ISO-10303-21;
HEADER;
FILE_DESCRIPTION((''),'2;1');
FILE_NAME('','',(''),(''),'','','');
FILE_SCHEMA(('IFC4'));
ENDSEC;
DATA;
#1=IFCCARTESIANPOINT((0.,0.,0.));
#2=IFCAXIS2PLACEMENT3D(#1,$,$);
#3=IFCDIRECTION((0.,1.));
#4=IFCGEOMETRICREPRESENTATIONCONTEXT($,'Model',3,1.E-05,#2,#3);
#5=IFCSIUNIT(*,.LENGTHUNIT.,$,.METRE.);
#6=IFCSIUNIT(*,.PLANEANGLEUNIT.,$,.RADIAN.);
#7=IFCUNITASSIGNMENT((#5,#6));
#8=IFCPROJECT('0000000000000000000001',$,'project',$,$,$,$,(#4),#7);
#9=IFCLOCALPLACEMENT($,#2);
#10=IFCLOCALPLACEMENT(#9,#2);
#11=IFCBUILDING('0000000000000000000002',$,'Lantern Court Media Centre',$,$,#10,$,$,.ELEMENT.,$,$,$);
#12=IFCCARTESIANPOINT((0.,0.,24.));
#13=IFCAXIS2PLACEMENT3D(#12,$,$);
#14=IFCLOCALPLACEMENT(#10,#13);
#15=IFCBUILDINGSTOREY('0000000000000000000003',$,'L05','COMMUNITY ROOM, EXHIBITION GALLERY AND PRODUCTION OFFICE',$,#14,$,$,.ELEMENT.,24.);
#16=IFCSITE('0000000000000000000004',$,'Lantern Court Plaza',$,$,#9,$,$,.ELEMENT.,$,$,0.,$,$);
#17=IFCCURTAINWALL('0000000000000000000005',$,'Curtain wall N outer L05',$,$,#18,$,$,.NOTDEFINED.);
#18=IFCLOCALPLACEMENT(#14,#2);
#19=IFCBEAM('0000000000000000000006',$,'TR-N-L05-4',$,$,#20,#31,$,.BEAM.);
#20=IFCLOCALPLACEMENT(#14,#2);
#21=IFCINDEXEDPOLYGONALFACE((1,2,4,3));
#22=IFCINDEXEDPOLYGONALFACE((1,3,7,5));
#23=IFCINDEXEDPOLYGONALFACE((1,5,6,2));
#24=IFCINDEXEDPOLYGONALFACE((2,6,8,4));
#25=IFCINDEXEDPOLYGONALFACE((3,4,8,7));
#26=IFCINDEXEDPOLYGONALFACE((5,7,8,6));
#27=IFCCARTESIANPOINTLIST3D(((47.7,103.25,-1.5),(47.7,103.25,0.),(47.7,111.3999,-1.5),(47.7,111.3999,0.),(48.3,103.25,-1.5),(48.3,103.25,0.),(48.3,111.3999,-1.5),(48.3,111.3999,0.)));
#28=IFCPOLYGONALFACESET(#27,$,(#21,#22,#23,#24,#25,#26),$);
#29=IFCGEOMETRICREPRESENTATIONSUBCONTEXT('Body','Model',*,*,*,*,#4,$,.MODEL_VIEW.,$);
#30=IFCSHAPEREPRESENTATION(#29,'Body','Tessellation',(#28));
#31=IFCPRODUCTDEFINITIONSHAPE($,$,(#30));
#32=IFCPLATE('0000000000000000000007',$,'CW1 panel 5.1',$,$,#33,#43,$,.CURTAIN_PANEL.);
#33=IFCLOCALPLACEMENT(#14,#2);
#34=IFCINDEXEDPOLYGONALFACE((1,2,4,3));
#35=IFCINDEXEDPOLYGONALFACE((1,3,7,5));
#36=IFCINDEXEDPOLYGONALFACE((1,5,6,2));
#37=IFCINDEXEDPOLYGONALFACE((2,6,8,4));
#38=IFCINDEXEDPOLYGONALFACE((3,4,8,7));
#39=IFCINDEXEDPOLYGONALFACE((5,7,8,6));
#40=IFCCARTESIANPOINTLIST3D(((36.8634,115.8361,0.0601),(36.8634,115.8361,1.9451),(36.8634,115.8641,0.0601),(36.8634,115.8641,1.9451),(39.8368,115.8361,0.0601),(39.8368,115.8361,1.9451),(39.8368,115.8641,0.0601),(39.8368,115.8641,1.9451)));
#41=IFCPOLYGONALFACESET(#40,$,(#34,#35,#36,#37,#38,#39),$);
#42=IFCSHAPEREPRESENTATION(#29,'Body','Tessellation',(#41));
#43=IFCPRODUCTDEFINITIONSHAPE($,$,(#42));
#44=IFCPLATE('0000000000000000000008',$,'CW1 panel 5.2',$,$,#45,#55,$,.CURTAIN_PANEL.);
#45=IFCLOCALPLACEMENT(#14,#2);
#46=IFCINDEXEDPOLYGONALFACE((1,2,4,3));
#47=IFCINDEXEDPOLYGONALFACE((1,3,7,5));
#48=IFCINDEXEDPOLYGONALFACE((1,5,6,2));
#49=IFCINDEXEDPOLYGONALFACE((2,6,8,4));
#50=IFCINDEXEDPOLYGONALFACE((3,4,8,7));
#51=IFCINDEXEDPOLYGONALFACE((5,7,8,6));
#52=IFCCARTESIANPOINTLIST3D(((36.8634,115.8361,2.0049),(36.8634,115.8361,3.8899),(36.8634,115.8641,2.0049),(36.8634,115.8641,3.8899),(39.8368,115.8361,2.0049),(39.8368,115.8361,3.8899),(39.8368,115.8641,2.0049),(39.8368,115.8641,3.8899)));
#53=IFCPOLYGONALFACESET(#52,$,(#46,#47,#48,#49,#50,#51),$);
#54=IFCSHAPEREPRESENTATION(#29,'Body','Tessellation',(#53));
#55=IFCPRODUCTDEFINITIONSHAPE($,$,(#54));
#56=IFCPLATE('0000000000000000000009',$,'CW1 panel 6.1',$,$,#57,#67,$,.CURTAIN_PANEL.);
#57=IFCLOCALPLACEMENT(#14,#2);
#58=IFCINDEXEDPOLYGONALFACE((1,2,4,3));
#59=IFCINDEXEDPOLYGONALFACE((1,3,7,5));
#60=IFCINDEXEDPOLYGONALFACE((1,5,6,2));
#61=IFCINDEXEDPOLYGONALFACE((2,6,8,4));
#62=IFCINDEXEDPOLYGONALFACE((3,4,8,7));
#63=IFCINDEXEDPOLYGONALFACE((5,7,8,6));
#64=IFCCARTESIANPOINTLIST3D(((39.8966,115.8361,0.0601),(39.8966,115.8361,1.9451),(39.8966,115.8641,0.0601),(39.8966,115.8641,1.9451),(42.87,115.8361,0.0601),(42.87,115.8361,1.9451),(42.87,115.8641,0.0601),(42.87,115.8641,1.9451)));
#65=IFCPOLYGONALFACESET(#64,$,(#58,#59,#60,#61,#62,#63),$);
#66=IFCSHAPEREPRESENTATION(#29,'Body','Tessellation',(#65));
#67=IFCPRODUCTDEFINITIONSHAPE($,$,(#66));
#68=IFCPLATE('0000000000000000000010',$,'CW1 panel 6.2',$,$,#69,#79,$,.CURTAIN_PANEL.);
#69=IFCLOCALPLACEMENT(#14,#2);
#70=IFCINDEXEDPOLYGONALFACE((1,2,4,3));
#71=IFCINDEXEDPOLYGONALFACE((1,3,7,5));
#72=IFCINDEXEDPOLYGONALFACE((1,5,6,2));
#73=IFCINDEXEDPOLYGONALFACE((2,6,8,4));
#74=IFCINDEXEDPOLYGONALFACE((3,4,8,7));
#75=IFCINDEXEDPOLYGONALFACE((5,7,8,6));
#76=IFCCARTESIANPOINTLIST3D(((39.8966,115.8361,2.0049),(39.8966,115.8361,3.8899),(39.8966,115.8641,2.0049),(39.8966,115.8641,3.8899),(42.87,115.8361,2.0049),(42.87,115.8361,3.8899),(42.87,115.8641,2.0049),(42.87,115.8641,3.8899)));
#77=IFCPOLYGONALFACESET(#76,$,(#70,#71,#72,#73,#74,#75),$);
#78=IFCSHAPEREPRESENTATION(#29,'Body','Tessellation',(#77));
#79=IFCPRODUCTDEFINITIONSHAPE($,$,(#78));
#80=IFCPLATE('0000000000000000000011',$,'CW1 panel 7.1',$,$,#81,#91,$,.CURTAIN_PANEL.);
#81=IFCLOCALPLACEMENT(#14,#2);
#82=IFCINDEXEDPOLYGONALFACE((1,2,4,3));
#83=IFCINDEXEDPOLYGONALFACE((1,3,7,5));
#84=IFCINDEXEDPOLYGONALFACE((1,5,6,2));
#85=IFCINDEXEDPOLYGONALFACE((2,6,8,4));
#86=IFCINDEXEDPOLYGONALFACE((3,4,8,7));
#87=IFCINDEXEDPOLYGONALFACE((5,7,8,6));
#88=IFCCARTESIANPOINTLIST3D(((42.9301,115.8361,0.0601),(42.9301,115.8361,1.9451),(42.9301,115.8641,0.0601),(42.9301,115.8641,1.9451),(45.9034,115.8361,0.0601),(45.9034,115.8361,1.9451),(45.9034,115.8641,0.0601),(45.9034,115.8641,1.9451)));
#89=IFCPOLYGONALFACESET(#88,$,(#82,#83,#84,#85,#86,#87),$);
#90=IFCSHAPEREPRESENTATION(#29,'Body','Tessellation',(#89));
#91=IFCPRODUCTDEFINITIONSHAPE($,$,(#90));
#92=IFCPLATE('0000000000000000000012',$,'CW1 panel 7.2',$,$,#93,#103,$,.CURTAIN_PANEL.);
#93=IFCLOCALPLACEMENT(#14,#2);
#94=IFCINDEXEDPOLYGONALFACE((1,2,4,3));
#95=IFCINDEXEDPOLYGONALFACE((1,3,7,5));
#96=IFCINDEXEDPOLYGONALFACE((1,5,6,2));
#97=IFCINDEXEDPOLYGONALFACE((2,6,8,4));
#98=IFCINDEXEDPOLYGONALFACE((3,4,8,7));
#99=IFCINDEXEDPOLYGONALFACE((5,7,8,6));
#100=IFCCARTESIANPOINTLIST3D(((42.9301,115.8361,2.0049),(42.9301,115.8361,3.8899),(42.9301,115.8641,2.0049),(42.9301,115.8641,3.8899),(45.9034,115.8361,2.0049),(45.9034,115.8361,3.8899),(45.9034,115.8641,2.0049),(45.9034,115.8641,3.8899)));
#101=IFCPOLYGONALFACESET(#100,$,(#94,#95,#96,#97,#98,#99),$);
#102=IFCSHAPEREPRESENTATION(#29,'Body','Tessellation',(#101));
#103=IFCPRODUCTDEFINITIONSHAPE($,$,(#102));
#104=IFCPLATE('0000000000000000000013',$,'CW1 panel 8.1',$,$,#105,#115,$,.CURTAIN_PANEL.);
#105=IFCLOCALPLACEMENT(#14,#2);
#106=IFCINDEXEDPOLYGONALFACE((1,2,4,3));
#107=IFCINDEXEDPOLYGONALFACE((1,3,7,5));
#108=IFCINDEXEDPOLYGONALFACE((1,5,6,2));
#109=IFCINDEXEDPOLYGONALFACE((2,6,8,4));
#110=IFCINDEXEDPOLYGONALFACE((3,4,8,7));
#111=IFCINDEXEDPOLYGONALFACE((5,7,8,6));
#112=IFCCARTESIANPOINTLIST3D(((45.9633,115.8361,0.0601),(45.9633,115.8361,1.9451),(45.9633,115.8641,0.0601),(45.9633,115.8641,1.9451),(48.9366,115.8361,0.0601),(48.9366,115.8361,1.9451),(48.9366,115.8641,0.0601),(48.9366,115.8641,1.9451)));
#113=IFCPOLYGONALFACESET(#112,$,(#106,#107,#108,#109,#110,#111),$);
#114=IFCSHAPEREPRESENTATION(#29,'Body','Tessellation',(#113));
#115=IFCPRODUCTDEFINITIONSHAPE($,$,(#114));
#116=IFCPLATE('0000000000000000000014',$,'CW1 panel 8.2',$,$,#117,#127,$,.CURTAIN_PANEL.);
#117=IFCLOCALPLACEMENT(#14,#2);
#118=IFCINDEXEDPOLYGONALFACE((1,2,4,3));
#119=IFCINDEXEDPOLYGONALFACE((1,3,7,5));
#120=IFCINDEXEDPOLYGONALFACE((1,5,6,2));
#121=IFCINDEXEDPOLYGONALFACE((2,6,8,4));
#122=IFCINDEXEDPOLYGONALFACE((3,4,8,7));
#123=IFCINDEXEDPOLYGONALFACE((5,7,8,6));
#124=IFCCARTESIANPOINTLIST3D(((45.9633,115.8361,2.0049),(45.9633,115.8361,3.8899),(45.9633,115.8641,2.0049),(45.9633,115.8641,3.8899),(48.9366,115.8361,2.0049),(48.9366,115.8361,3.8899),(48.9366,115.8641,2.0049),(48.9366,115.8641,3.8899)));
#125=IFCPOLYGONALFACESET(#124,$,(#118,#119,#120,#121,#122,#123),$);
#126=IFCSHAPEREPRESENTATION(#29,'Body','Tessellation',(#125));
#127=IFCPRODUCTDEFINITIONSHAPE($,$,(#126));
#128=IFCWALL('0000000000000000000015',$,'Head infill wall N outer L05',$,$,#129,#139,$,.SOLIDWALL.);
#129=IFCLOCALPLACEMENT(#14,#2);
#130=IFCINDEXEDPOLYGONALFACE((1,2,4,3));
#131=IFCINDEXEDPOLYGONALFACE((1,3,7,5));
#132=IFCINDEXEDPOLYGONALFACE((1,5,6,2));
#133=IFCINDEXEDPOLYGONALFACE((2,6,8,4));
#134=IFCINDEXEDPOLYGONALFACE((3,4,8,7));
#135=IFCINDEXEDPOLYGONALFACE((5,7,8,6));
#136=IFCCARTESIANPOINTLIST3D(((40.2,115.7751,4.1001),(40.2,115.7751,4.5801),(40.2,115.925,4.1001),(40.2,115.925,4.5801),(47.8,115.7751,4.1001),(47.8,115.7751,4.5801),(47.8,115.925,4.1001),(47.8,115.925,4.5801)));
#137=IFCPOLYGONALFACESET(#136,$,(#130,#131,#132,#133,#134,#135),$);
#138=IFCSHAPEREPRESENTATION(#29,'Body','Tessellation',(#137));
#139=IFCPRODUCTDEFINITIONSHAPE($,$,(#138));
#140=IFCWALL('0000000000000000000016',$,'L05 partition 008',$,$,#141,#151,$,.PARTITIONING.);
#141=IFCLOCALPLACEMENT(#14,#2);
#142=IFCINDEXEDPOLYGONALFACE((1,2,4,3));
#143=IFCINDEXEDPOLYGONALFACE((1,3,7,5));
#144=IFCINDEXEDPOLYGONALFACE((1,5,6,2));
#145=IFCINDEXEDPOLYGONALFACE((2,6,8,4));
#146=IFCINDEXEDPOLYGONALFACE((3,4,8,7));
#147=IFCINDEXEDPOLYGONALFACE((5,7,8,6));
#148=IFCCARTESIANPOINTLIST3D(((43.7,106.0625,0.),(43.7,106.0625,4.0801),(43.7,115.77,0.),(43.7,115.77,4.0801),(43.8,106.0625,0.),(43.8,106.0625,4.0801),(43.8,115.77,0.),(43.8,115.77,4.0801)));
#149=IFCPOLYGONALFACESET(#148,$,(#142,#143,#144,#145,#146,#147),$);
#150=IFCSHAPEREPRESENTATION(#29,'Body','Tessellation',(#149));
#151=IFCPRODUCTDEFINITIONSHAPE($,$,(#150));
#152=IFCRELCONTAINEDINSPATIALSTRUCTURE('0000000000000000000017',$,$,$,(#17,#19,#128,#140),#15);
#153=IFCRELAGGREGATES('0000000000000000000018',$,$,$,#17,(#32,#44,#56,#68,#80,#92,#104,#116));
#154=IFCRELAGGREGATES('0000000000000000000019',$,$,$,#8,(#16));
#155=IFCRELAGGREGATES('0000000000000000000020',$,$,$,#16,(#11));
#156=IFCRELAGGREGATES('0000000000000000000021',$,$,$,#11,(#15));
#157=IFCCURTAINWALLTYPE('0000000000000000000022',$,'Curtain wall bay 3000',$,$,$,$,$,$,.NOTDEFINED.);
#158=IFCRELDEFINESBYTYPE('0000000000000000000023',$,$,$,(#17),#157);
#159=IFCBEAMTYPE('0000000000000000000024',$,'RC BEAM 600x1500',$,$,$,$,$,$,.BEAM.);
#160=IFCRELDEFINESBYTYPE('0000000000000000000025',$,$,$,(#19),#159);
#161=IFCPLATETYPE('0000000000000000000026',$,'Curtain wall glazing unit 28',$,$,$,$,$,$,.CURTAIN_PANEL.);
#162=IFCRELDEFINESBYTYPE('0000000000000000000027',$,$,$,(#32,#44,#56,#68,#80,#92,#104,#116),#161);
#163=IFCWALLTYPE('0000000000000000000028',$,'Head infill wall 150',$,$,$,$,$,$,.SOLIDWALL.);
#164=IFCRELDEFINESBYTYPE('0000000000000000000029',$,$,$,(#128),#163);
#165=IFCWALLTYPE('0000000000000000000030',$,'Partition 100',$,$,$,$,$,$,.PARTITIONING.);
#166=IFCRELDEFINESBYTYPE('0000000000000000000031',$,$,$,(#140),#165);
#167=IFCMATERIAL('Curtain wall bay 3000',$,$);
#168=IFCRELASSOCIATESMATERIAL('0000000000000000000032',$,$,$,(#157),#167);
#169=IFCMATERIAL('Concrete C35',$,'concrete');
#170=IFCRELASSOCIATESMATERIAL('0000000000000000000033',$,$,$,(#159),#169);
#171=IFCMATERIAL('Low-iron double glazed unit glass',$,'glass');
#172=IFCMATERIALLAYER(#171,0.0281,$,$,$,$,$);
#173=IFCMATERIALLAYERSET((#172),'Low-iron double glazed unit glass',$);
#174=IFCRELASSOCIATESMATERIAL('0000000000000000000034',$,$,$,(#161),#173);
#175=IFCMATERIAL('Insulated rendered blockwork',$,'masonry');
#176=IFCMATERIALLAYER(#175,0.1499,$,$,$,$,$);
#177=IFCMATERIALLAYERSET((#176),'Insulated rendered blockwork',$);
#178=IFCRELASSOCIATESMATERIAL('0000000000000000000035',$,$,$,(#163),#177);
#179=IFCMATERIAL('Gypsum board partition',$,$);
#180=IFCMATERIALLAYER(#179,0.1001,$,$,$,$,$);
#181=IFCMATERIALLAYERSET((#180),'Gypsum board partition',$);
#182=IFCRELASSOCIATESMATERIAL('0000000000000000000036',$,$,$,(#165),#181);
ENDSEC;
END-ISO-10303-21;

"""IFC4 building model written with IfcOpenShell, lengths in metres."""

from ifc_helpers import new_model, si_unit, direction, frame, frame_2d, origin, origin_2d, place, context, subcontext, project, spatial, rectangle, extrude, material, layer, layer_set, material_profile, profile_set, type_object, element, aggregate, save


model = new_model("IFC4")

# Units and contexts
model_context = context("Model", 3, precision=1e-05, world=origin(), true_north=direction((0.0, 1.0)))
body_context = subcontext(model_context, "Body", "Model", "MODEL_VIEW")
ifc_project = project(units=[si_unit("LENGTHUNIT", "METRE"), si_unit("PLANEANGLEUNIT", "RADIAN")], contexts=[model_context])

# Site, building, storey
site_placement = place(None, origin())
site = spatial("IfcSite", under=ifc_project, at=site_placement, Name="Lantern Court Plaza", CompositionType="ELEMENT", RefElevation=0.0)
building_placement = place(site_placement, origin())
building = spatial("IfcBuilding", under=site, at=building_placement, Name="Lantern Court Media Centre", CompositionType="ELEMENT")
storey_placement = place(building_placement, frame((0.0, 0.0, 24.0)))
storey = spatial("IfcBuildingStorey", under=building, at=storey_placement, Name="L05", Description="COMMUNITY ROOM, EXHIBITION GALLERY AND PRODUCTION OFFICE", CompositionType="ELEMENT", Elevation=24.0)

# Shared definitions
ifc_material_1 = material(Name="Concrete C35", Category="concrete")

# Curtain wall
ifc_material_2 = material(Name="Curtain wall bay 3000")
curtain_wall_type = type_object("IfcCurtainWallType", Name="Curtain wall bay 3000", PredefinedType="NOTDEFINED", material=ifc_material_2)
curtain_wall_placement = place(storey_placement, origin())
curtain_wall = element("IfcCurtainWall", 1, at=curtain_wall_placement, inside=storey, type_object=curtain_wall_type, Name="Curtain wall N outer L05", PredefinedType="NOTDEFINED")

# Beam
ifc_material_profile_1 = material_profile(ifc_material_1, rectangle(XDim=0.6001, YDim=1.5, at=origin_2d()), Name="RC 600x1500")
ifc_profile_set_1 = profile_set([ifc_material_profile_1], Name="Concrete C35")
beam_type_1 = type_object("IfcBeamType", Name="RC BEAM 600x1500", PredefinedType="BEAM", material=ifc_profile_set_1)
beam_1_placement = place(storey_placement, frame((48.0, 103.25, -0.75), z_axis=(0.0, 1.0, 0.0), x_axis=(-1.0, 0.0, 0.0)))
element("IfcBeam", 2, at=beam_1_placement, inside=storey, type_object=beam_type_1, Name="TR-N-L05-4", PredefinedType="BEAM", context=body_context, shape_type="SweptSolid", body=[
    extrude(rectangle(XDim=0.6001, YDim=1.5, at=origin_2d()), origin(), (0.0, 0.0, 1.0), 8.1499),
])

# Plates
ifc_material_3 = material(Name="Low-iron double glazed unit glass", Category="glass")
ifc_layer_1 = layer(ifc_material_3, 0.0281)
ifc_layer_set_1 = layer_set([ifc_layer_1], Name="Low-iron double glazed unit glass")
plate_type = type_object("IfcPlateType", Name="Curtain wall glazing unit 28", PredefinedType="CURTAIN_PANEL", material=ifc_layer_set_1)
plate_1_placement = place(storey_placement, frame((38.3501, 115.8501, 0.0601), z_axis=(0.0, 0.0, 1.0), x_axis=(1.0, 0.0, 0.0)))
plate_1 = element("IfcPlate", 3, at=plate_1_placement, type_object=plate_type, Name="CW1 panel 5.1", PredefinedType="CURTAIN_PANEL", context=body_context, shape_type="SweptSolid", body=[
    extrude(rectangle(XDim=2.9734, YDim=0.0281, at=origin_2d()), origin(), (0.0, 0.0, 1.0), 1.885),
])
plate_2_placement = place(storey_placement, frame((38.3501, 115.8501, 2.0049), z_axis=(0.0, 0.0, 1.0), x_axis=(1.0, 0.0, 0.0)))
plate_2 = element("IfcPlate", 4, at=plate_2_placement, type_object=plate_type, Name="CW1 panel 5.2", PredefinedType="CURTAIN_PANEL", context=body_context, shape_type="SweptSolid", body=[
    extrude(rectangle(XDim=2.9734, YDim=0.0281, at=origin_2d()), origin(), (0.0, 0.0, 1.0), 1.885),
])
plate_3_placement = place(storey_placement, frame((41.3833, 115.8501, 0.0601), z_axis=(0.0, 0.0, 1.0), x_axis=(1.0, 0.0, 0.0)))
plate_3 = element("IfcPlate", 5, at=plate_3_placement, type_object=plate_type, Name="CW1 panel 6.1", PredefinedType="CURTAIN_PANEL", context=body_context, shape_type="SweptSolid", body=[
    extrude(rectangle(XDim=2.9734, YDim=0.0281, at=origin_2d()), origin(), (0.0, 0.0, 1.0), 1.885),
])
plate_4_placement = place(storey_placement, frame((41.3833, 115.8501, 2.0049), z_axis=(0.0, 0.0, 1.0), x_axis=(1.0, 0.0, 0.0)))
plate_4 = element("IfcPlate", 6, at=plate_4_placement, type_object=plate_type, Name="CW1 panel 6.2", PredefinedType="CURTAIN_PANEL", context=body_context, shape_type="SweptSolid", body=[
    extrude(rectangle(XDim=2.9734, YDim=0.0281, at=origin_2d()), origin(), (0.0, 0.0, 1.0), 1.885),
])
plate_5_placement = place(storey_placement, frame((44.4167, 115.8501, 0.0601), z_axis=(0.0, 0.0, 1.0), x_axis=(1.0, 0.0, 0.0)))
plate_5 = element("IfcPlate", 7, at=plate_5_placement, type_object=plate_type, Name="CW1 panel 7.1", PredefinedType="CURTAIN_PANEL", context=body_context, shape_type="SweptSolid", body=[
    extrude(rectangle(XDim=2.9734, YDim=0.0281, at=origin_2d()), origin(), (0.0, 0.0, 1.0), 1.885),
])
plate_6_placement = place(storey_placement, frame((44.4167, 115.8501, 2.0049), z_axis=(0.0, 0.0, 1.0), x_axis=(1.0, 0.0, 0.0)))
plate_6 = element("IfcPlate", 8, at=plate_6_placement, type_object=plate_type, Name="CW1 panel 7.2", PredefinedType="CURTAIN_PANEL", context=body_context, shape_type="SweptSolid", body=[
    extrude(rectangle(XDim=2.9734, YDim=0.0281, at=origin_2d()), origin(), (0.0, 0.0, 1.0), 1.885),
])
plate_7_placement = place(storey_placement, frame((47.45, 115.8501, 0.0601), z_axis=(0.0, 0.0, 1.0), x_axis=(1.0, 0.0, 0.0)))
plate_7 = element("IfcPlate", 9, at=plate_7_placement, type_object=plate_type, Name="CW1 panel 8.1", PredefinedType="CURTAIN_PANEL", context=body_context, shape_type="SweptSolid", body=[
    extrude(rectangle(XDim=2.9734, YDim=0.0281, at=origin_2d()), origin(), (0.0, 0.0, 1.0), 1.885),
])
plate_8_placement = place(storey_placement, frame((47.45, 115.8501, 2.0049), z_axis=(0.0, 0.0, 1.0), x_axis=(1.0, 0.0, 0.0)))
plate_8 = element("IfcPlate", 10, at=plate_8_placement, type_object=plate_type, Name="CW1 panel 8.2", PredefinedType="CURTAIN_PANEL", context=body_context, shape_type="SweptSolid", body=[
    extrude(rectangle(XDim=2.9734, YDim=0.0281, at=origin_2d()), origin(), (0.0, 0.0, 1.0), 1.885),
])
aggregate(curtain_wall, [plate_1, plate_2, plate_3, plate_4, plate_5, plate_6, plate_7, plate_8])

# Walls
ifc_material_4 = material(Name="Insulated rendered blockwork", Category="masonry")
ifc_layer_2 = layer(ifc_material_4, 0.1499)
ifc_layer_set_2 = layer_set([ifc_layer_2], Name="Insulated rendered blockwork")
wall_type_1 = type_object("IfcWallType", Name="Head infill wall 150", PredefinedType="SOLIDWALL", material=ifc_layer_set_2)
wall_1_placement = place(storey_placement, frame((40.2, 115.8501, 4.1001), z_axis=(0.0, 0.0, 1.0), x_axis=(1.0, 0.0, 0.0)))
element("IfcWall", 11, at=wall_1_placement, inside=storey, type_object=wall_type_1, Name="Head infill wall N outer L05", PredefinedType="SOLIDWALL", context=body_context, shape_type="SweptSolid", body=[
    extrude(rectangle(XDim=7.6001, YDim=0.1499, at=frame_2d((3.8, 0.0))), origin(), (0.0, 0.0, 1.0), 0.48),
])
ifc_material_5 = material(Name="Gypsum board partition")
ifc_layer_3 = layer(ifc_material_5, 0.1001)
ifc_layer_set_3 = layer_set([ifc_layer_3], Name="Gypsum board partition")
wall_type_2 = type_object("IfcWallType", Name="Partition 100", PredefinedType="PARTITIONING", material=ifc_layer_set_3)
wall_2_placement = place(storey_placement, frame((43.75, 106.0625, 0.0), z_axis=(0.0, 0.0, 1.0), x_axis=(0.0, 1.0, 0.0)))
element("IfcWall", 12, at=wall_2_placement, inside=storey, type_object=wall_type_2, Name="L05 partition 008", PredefinedType="PARTITIONING", context=body_context, shape_type="SweptSolid", body=[
    extrude(rectangle(XDim=9.7075, YDim=0.1001, at=frame_2d((4.8538, 0.0))), origin(), (0.0, 0.0, 1.0), 4.0801),
])

save(model, "model.ifc")
